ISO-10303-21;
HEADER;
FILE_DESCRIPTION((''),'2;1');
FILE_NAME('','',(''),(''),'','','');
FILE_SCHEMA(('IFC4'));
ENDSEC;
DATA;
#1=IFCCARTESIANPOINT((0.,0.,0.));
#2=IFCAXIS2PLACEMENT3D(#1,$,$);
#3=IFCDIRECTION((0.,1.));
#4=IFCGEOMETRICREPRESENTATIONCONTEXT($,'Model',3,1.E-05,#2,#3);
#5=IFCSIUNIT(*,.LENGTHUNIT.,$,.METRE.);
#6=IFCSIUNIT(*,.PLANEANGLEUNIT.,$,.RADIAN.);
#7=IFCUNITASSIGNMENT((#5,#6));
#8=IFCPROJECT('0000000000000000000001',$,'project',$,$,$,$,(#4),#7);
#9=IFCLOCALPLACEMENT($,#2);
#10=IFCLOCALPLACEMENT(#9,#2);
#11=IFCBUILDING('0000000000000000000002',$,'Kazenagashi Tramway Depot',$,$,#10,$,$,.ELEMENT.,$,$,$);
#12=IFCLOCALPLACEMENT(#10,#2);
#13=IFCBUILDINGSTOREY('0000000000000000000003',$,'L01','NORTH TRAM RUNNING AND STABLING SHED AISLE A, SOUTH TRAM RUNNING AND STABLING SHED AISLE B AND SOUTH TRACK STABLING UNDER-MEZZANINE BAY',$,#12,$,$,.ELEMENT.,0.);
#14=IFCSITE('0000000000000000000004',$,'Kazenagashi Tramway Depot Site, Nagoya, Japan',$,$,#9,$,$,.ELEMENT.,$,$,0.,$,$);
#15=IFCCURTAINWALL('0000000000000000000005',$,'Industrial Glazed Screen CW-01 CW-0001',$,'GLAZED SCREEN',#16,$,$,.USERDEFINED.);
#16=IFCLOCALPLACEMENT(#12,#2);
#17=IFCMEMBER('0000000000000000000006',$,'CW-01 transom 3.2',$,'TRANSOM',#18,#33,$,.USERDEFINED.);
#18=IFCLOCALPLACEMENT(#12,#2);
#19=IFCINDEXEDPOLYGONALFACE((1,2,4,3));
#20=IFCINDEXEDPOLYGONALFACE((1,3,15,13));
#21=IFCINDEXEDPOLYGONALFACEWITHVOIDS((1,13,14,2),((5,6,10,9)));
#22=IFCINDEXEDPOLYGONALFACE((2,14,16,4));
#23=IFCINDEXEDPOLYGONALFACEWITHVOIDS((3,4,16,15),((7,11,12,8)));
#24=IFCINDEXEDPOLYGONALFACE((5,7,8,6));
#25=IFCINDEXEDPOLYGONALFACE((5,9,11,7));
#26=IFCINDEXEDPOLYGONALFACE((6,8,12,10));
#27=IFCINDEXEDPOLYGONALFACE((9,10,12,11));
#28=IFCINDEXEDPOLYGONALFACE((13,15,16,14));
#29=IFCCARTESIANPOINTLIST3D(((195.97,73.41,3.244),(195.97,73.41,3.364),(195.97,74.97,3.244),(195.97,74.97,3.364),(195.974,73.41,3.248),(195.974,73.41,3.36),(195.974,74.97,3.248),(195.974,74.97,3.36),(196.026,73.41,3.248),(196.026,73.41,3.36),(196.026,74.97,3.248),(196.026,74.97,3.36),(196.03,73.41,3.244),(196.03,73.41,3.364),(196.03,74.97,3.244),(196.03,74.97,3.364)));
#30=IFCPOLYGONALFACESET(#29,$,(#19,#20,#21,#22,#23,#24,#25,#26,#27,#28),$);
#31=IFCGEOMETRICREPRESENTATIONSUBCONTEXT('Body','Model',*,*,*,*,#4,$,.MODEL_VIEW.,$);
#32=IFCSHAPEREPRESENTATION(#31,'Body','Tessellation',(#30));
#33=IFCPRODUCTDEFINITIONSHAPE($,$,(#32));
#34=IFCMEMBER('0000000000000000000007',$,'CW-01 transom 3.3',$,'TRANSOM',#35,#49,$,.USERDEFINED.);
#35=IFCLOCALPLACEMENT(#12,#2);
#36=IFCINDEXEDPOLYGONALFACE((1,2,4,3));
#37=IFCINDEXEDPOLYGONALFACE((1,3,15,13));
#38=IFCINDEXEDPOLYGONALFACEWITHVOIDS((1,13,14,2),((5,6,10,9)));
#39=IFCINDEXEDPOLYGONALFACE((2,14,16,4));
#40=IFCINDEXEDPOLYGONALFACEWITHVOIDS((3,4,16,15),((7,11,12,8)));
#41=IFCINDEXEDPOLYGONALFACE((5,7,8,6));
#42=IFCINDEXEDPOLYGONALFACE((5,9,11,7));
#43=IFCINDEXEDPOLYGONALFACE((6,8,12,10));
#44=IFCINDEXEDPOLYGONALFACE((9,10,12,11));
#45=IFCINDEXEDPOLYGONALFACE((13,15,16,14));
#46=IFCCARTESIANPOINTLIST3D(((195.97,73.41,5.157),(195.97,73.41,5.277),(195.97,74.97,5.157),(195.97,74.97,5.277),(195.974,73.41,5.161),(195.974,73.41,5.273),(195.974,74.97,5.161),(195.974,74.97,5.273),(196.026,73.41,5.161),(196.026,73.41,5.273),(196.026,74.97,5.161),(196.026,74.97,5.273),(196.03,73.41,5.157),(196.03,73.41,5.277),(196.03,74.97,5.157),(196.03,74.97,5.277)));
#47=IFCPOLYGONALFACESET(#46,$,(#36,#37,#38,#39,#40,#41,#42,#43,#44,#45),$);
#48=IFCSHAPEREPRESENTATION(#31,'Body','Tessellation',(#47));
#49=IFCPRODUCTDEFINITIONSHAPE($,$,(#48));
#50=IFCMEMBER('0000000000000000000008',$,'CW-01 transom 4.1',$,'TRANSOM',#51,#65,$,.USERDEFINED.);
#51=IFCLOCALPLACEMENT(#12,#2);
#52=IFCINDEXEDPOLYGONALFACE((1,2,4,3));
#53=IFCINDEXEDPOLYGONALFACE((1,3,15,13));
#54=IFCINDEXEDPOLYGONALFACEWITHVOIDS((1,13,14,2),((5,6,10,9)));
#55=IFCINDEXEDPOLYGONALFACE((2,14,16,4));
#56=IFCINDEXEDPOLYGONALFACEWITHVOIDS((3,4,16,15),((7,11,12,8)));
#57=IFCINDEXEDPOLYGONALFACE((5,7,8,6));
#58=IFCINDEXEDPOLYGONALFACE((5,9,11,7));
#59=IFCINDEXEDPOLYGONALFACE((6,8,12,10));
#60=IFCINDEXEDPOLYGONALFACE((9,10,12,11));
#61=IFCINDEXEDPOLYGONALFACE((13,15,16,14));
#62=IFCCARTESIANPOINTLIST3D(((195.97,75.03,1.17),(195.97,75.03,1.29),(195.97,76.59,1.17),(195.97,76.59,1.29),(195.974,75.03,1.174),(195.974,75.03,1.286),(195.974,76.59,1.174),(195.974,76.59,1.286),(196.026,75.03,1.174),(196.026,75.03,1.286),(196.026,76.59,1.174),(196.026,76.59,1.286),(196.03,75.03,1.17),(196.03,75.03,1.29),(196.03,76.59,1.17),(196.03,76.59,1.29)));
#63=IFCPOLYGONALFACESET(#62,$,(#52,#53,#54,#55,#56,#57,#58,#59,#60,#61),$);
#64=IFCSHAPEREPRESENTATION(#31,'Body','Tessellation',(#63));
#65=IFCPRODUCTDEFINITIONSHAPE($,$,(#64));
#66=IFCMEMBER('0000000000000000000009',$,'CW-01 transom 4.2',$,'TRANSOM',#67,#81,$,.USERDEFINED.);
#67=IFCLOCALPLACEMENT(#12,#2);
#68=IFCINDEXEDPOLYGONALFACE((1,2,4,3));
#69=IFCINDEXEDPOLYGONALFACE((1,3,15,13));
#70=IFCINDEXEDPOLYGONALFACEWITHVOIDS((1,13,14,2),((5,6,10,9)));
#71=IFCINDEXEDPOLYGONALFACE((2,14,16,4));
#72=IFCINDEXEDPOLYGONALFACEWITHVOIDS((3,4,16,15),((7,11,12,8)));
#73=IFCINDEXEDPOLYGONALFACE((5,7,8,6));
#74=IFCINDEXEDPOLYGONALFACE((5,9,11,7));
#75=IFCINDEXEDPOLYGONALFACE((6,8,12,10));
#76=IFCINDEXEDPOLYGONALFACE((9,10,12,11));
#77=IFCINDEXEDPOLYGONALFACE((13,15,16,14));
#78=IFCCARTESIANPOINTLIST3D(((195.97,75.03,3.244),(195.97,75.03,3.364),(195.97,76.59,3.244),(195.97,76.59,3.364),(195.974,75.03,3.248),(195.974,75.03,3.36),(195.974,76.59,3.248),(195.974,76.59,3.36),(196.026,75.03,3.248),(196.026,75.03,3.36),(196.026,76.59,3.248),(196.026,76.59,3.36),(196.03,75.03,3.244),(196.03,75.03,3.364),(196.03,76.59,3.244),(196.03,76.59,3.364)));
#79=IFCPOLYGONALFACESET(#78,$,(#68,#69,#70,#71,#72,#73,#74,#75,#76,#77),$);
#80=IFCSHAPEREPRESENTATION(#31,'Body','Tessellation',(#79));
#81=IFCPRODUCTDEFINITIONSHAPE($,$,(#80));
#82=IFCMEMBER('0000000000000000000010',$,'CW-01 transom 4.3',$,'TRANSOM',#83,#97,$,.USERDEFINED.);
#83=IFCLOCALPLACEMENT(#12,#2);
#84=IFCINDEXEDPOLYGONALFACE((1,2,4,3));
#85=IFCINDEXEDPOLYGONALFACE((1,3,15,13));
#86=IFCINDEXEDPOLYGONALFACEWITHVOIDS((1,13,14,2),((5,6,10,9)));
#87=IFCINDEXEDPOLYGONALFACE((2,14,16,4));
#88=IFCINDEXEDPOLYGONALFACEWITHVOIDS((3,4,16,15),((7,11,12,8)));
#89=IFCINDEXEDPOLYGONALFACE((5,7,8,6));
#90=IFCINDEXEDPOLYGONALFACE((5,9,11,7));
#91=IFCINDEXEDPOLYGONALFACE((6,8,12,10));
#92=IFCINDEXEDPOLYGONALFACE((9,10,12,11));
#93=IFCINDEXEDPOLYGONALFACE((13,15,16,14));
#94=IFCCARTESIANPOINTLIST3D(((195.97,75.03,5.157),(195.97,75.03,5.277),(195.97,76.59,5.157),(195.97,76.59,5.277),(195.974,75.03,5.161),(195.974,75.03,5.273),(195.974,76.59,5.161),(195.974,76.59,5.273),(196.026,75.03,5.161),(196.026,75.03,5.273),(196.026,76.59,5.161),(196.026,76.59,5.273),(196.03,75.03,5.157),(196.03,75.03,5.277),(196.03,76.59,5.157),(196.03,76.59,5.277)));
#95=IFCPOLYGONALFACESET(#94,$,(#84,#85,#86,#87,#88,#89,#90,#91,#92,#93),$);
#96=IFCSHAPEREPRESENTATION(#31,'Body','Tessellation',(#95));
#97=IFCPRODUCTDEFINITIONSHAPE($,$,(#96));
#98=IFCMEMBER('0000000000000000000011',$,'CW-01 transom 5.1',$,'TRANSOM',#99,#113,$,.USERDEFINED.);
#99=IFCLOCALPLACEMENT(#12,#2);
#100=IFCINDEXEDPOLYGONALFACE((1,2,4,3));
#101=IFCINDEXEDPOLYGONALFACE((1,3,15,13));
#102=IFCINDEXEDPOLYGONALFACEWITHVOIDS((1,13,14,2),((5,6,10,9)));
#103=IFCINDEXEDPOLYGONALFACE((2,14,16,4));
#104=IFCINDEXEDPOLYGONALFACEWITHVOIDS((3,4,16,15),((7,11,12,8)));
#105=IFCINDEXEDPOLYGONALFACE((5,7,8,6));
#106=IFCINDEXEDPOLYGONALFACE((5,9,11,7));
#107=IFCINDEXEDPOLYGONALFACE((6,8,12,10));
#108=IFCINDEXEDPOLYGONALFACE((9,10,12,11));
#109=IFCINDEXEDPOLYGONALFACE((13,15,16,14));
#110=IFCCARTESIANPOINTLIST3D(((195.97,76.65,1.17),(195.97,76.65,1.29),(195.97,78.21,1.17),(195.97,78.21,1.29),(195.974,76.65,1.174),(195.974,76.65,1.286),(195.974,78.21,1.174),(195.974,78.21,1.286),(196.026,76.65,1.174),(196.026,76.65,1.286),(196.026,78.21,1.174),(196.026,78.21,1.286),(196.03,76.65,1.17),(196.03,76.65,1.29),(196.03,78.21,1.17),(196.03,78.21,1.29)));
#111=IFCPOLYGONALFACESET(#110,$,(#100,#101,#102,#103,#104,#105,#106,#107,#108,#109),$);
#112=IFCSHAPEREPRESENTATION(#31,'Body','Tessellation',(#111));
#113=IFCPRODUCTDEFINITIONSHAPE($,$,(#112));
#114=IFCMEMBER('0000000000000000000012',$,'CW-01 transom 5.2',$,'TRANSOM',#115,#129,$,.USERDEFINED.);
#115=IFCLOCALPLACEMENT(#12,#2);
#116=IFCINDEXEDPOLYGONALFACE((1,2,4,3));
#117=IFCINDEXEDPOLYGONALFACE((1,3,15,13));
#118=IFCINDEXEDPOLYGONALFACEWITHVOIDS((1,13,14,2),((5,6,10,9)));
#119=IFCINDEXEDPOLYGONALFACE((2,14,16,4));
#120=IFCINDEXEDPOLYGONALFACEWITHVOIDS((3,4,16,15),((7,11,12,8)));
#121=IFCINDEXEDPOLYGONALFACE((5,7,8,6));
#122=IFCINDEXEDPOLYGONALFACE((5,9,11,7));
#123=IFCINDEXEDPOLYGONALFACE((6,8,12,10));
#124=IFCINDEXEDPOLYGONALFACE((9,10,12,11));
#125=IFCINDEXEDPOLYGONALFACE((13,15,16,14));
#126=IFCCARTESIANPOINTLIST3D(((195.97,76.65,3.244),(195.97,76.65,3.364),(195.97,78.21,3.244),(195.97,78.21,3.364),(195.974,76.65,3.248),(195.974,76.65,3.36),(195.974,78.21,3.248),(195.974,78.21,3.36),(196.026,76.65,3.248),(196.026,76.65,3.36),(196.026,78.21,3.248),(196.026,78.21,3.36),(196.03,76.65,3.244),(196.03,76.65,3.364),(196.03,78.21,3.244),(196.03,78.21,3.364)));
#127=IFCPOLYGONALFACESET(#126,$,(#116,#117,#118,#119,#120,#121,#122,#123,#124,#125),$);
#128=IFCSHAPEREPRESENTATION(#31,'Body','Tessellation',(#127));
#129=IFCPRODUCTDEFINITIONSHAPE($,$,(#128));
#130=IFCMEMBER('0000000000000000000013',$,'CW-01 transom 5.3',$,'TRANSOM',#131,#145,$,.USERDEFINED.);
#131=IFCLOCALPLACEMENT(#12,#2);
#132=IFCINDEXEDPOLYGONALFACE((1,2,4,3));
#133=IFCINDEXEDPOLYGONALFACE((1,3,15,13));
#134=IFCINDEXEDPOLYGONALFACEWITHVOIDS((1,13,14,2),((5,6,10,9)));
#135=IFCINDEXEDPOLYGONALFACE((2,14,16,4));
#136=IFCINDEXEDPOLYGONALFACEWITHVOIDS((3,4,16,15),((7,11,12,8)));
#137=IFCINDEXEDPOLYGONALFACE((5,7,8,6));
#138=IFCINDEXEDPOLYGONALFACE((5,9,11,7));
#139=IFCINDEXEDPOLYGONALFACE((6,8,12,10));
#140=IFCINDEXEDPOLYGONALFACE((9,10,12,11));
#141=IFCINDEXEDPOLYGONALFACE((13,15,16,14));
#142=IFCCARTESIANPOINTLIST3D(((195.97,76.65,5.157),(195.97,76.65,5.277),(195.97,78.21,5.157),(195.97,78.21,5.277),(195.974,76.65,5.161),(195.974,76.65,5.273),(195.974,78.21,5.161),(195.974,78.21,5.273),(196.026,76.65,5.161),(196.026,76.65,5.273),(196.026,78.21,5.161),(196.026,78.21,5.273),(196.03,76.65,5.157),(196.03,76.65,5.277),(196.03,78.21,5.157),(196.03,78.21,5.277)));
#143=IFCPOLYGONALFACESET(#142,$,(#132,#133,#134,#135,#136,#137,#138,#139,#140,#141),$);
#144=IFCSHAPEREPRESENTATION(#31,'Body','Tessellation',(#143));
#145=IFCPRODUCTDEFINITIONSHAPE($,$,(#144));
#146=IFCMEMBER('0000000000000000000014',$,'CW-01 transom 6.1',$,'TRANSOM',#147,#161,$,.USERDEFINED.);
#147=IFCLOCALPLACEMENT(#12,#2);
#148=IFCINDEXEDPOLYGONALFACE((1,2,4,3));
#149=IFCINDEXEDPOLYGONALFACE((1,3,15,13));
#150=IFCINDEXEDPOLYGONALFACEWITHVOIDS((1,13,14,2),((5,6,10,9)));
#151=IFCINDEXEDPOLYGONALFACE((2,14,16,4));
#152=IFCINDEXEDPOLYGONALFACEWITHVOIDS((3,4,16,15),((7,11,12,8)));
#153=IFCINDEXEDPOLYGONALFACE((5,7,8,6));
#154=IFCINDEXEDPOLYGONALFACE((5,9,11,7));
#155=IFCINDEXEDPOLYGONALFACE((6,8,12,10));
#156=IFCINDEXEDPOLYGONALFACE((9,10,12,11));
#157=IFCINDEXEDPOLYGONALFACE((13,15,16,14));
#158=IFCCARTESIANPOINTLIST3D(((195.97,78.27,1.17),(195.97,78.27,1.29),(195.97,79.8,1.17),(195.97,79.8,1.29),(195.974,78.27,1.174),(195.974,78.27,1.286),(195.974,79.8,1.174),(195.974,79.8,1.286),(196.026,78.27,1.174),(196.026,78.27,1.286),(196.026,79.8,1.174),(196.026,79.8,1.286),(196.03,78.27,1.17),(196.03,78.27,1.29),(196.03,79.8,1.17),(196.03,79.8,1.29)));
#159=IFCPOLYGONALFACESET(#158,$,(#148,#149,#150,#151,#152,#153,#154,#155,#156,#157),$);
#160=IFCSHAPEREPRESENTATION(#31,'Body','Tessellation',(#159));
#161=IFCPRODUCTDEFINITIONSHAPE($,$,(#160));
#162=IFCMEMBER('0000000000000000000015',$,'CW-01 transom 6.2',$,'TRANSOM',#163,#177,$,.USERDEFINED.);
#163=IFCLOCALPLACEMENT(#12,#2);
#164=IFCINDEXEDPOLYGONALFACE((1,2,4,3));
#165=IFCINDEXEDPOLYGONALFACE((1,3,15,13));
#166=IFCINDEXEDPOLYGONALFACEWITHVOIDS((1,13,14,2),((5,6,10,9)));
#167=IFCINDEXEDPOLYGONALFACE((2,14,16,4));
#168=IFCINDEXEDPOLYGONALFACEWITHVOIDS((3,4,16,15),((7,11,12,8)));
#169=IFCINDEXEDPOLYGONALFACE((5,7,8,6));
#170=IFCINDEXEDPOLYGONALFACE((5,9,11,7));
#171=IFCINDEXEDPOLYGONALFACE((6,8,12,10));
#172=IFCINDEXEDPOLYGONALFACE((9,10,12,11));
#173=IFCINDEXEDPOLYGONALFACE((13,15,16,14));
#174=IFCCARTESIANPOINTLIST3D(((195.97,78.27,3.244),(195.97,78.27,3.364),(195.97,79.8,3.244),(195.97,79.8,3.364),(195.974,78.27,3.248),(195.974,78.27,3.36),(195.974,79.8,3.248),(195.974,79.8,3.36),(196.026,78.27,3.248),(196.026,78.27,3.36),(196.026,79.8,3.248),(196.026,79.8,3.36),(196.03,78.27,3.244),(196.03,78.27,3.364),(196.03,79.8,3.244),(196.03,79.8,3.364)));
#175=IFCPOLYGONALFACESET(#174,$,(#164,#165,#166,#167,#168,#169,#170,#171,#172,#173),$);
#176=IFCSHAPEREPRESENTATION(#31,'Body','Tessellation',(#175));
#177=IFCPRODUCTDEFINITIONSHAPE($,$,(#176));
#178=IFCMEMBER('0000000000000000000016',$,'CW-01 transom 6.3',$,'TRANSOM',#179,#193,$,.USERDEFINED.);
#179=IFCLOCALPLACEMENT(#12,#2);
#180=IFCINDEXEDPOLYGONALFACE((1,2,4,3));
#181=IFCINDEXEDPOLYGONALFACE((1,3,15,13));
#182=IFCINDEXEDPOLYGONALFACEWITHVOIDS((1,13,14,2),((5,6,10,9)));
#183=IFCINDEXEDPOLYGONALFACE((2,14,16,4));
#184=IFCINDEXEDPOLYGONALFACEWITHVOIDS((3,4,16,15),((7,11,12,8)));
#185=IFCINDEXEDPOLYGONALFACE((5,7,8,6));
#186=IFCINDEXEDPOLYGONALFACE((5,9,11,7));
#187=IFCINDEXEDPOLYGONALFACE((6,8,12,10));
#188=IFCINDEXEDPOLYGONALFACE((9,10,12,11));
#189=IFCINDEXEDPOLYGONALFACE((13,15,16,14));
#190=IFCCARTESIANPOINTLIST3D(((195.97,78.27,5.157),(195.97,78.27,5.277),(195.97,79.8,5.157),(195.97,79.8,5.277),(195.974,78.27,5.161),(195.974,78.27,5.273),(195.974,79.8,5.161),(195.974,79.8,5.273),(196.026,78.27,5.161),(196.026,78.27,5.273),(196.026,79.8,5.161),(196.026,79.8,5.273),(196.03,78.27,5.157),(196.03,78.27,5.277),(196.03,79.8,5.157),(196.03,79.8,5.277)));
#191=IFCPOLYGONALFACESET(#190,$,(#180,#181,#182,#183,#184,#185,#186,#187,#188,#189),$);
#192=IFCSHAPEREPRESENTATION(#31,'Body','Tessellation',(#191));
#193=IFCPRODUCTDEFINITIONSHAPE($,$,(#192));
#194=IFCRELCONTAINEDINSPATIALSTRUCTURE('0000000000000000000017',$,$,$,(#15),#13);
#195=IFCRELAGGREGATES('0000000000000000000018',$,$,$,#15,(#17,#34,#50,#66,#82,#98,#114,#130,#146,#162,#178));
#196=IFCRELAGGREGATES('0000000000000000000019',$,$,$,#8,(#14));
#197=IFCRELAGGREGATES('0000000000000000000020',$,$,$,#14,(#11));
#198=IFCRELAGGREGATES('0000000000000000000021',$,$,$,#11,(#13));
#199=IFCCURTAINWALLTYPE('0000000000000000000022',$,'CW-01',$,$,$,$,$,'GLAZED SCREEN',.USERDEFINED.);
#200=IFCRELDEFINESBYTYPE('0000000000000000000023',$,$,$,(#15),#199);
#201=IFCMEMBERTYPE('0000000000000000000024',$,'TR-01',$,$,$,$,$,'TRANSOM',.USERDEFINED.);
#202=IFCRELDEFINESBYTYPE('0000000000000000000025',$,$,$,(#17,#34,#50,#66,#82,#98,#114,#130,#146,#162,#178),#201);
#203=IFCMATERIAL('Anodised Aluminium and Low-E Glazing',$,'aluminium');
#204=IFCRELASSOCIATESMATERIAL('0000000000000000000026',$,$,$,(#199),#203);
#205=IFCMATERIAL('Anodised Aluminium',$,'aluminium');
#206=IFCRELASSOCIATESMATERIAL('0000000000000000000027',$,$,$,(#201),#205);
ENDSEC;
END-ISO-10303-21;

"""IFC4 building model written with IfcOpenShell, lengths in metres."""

from ifc_helpers import new_model, si_unit, direction, frame, origin, origin_2d, place, context, subcontext, project, spatial, hollow_rectangle, extrude, material, material_profile, profile_set, type_object, element, aggregate, save


model = new_model("IFC4")

# Units and contexts
model_context = context("Model", 3, precision=1e-05, world=origin(), true_north=direction((0.0, 1.0)))
body_context = subcontext(model_context, "Body", "Model", "MODEL_VIEW")
ifc_project = project(units=[si_unit("LENGTHUNIT", "METRE"), si_unit("PLANEANGLEUNIT", "RADIAN")], contexts=[model_context])

# Site, building, storey
site_placement = place(None, origin())
site = spatial("IfcSite", under=ifc_project, at=site_placement, Name="Kazenagashi Tramway Depot Site, Nagoya, Japan", CompositionType="ELEMENT", RefElevation=0.0)
building_placement = place(site_placement, origin())
building = spatial("IfcBuilding", under=site, at=building_placement, Name="Kazenagashi Tramway Depot", CompositionType="ELEMENT")
storey_placement = place(building_placement, origin())
storey = spatial("IfcBuildingStorey", under=building, at=storey_placement, Name="L01", Description="NORTH TRAM RUNNING AND STABLING SHED AISLE A, SOUTH TRAM RUNNING AND STABLING SHED AISLE B AND SOUTH TRACK STABLING UNDER-MEZZANINE BAY", CompositionType="ELEMENT", Elevation=0.0)

# Curtain wall, members
ifc_material_1 = material(Name="Anodised Aluminium and Low-E Glazing", Category="aluminium")
curtain_wall_type = type_object("IfcCurtainWallType", Name="CW-01", ElementType="GLAZED SCREEN", PredefinedType="USERDEFINED", material=ifc_material_1)
curtain_wall_placement = place(storey_placement, origin())
curtain_wall = element("IfcCurtainWall", 1, at=curtain_wall_placement, inside=storey, type_object=curtain_wall_type, Name="Industrial Glazed Screen CW-01 CW-0001", ObjectType="GLAZED SCREEN", PredefinedType="USERDEFINED")
ifc_material_2 = material(Name="Anodised Aluminium", Category="aluminium")
ifc_material_profile_1 = material_profile(ifc_material_2, hollow_rectangle(XDim=0.06, YDim=0.12, WallThickness=0.004, at=origin_2d()), Name="RHS-120x60x4")
ifc_profile_set_1 = profile_set([ifc_material_profile_1], Name="Anodised Aluminium")
member_type_1 = type_object("IfcMemberType", Name="TR-01", ElementType="TRANSOM", PredefinedType="USERDEFINED", material=ifc_profile_set_1)
member_1_placement = place(storey_placement, frame((196.0, 73.41, 3.304), z_axis=(0.0, 1.0, 0.0), x_axis=(-1.0, 0.0, 0.0)))
member_1 = element("IfcMember", 2, at=member_1_placement, type_object=member_type_1, Name="CW-01 transom 3.2", ObjectType="TRANSOM", PredefinedType="USERDEFINED", context=body_context, shape_type="SweptSolid", body=[
    extrude(hollow_rectangle(XDim=0.06, YDim=0.12, WallThickness=0.004, at=origin_2d()), origin(), (0.0, 0.0, 1.0), 1.56),
])
member_2_placement = place(storey_placement, frame((196.0, 73.41, 5.217), z_axis=(0.0, 1.0, 0.0), x_axis=(-1.0, 0.0, 0.0)))
member_2 = element("IfcMember", 3, at=member_2_placement, type_object=member_type_1, Name="CW-01 transom 3.3", ObjectType="TRANSOM", PredefinedType="USERDEFINED", context=body_context, shape_type="SweptSolid", body=[
    extrude(hollow_rectangle(XDim=0.06, YDim=0.12, WallThickness=0.004, at=origin_2d()), origin(), (0.0, 0.0, 1.0), 1.56),
])
member_3_placement = place(storey_placement, frame((196.0, 75.03, 1.23), z_axis=(0.0, 1.0, 0.0), x_axis=(-1.0, 0.0, 0.0)))
member_3 = element("IfcMember", 4, at=member_3_placement, type_object=member_type_1, Name="CW-01 transom 4.1", ObjectType="TRANSOM", PredefinedType="USERDEFINED", context=body_context, shape_type="SweptSolid", body=[
    extrude(hollow_rectangle(XDim=0.06, YDim=0.12, WallThickness=0.004, at=origin_2d()), origin(), (0.0, 0.0, 1.0), 1.56),
])
member_4_placement = place(storey_placement, frame((196.0, 75.03, 3.304), z_axis=(0.0, 1.0, 0.0), x_axis=(-1.0, 0.0, 0.0)))
member_4 = element("IfcMember", 5, at=member_4_placement, type_object=member_type_1, Name="CW-01 transom 4.2", ObjectType="TRANSOM", PredefinedType="USERDEFINED", context=body_context, shape_type="SweptSolid", body=[
    extrude(hollow_rectangle(XDim=0.06, YDim=0.12, WallThickness=0.004, at=origin_2d()), origin(), (0.0, 0.0, 1.0), 1.56),
])
member_5_placement = place(storey_placement, frame((196.0, 75.03, 5.217), z_axis=(0.0, 1.0, 0.0), x_axis=(-1.0, 0.0, 0.0)))
member_5 = element("IfcMember", 6, at=member_5_placement, type_object=member_type_1, Name="CW-01 transom 4.3", ObjectType="TRANSOM", PredefinedType="USERDEFINED", context=body_context, shape_type="SweptSolid", body=[
    extrude(hollow_rectangle(XDim=0.06, YDim=0.12, WallThickness=0.004, at=origin_2d()), origin(), (0.0, 0.0, 1.0), 1.56),
])
member_6_placement = place(storey_placement, frame((196.0, 76.65, 1.23), z_axis=(0.0, 1.0, 0.0), x_axis=(-1.0, 0.0, 0.0)))
member_6 = element("IfcMember", 7, at=member_6_placement, type_object=member_type_1, Name="CW-01 transom 5.1", ObjectType="TRANSOM", PredefinedType="USERDEFINED", context=body_context, shape_type="SweptSolid", body=[
    extrude(hollow_rectangle(XDim=0.06, YDim=0.12, WallThickness=0.004, at=origin_2d()), origin(), (0.0, 0.0, 1.0), 1.56),
])
member_7_placement = place(storey_placement, frame((196.0, 76.65, 3.304), z_axis=(0.0, 1.0, 0.0), x_axis=(-1.0, 0.0, 0.0)))
member_7 = element("IfcMember", 8, at=member_7_placement, type_object=member_type_1, Name="CW-01 transom 5.2", ObjectType="TRANSOM", PredefinedType="USERDEFINED", context=body_context, shape_type="SweptSolid", body=[
    extrude(hollow_rectangle(XDim=0.06, YDim=0.12, WallThickness=0.004, at=origin_2d()), origin(), (0.0, 0.0, 1.0), 1.56),
])
member_8_placement = place(storey_placement, frame((196.0, 76.65, 5.217), z_axis=(0.0, 1.0, 0.0), x_axis=(-1.0, 0.0, 0.0)))
member_8 = element("IfcMember", 9, at=member_8_placement, type_object=member_type_1, Name="CW-01 transom 5.3", ObjectType="TRANSOM", PredefinedType="USERDEFINED", context=body_context, shape_type="SweptSolid", body=[
    extrude(hollow_rectangle(XDim=0.06, YDim=0.12, WallThickness=0.004, at=origin_2d()), origin(), (0.0, 0.0, 1.0), 1.56),
])
member_9_placement = place(storey_placement, frame((196.0, 78.27, 1.23), z_axis=(0.0, 1.0, 0.0), x_axis=(-1.0, 0.0, 0.0)))
member_9 = element("IfcMember", 10, at=member_9_placement, type_object=member_type_1, Name="CW-01 transom 6.1", ObjectType="TRANSOM", PredefinedType="USERDEFINED", context=body_context, shape_type="SweptSolid", body=[
    extrude(hollow_rectangle(XDim=0.06, YDim=0.12, WallThickness=0.004, at=origin_2d()), origin(), (0.0, 0.0, 1.0), 1.53),
])
member_10_placement = place(storey_placement, frame((196.0, 78.27, 3.304), z_axis=(0.0, 1.0, 0.0), x_axis=(-1.0, 0.0, 0.0)))
member_10 = element("IfcMember", 11, at=member_10_placement, type_object=member_type_1, Name="CW-01 transom 6.2", ObjectType="TRANSOM", PredefinedType="USERDEFINED", context=body_context, shape_type="SweptSolid", body=[
    extrude(hollow_rectangle(XDim=0.06, YDim=0.12, WallThickness=0.004, at=origin_2d()), origin(), (0.0, 0.0, 1.0), 1.53),
])
member_11_placement = place(storey_placement, frame((196.0, 78.27, 5.217), z_axis=(0.0, 1.0, 0.0), x_axis=(-1.0, 0.0, 0.0)))
member_11 = element("IfcMember", 12, at=member_11_placement, type_object=member_type_1, Name="CW-01 transom 6.3", ObjectType="TRANSOM", PredefinedType="USERDEFINED", context=body_context, shape_type="SweptSolid", body=[
    extrude(hollow_rectangle(XDim=0.06, YDim=0.12, WallThickness=0.004, at=origin_2d()), origin(), (0.0, 0.0, 1.0), 1.53),
])
aggregate(curtain_wall, [member_1, member_2, member_3, member_4, member_5, member_6, member_7, member_8, member_9, member_10, member_11])

save(model, "model.ifc")
